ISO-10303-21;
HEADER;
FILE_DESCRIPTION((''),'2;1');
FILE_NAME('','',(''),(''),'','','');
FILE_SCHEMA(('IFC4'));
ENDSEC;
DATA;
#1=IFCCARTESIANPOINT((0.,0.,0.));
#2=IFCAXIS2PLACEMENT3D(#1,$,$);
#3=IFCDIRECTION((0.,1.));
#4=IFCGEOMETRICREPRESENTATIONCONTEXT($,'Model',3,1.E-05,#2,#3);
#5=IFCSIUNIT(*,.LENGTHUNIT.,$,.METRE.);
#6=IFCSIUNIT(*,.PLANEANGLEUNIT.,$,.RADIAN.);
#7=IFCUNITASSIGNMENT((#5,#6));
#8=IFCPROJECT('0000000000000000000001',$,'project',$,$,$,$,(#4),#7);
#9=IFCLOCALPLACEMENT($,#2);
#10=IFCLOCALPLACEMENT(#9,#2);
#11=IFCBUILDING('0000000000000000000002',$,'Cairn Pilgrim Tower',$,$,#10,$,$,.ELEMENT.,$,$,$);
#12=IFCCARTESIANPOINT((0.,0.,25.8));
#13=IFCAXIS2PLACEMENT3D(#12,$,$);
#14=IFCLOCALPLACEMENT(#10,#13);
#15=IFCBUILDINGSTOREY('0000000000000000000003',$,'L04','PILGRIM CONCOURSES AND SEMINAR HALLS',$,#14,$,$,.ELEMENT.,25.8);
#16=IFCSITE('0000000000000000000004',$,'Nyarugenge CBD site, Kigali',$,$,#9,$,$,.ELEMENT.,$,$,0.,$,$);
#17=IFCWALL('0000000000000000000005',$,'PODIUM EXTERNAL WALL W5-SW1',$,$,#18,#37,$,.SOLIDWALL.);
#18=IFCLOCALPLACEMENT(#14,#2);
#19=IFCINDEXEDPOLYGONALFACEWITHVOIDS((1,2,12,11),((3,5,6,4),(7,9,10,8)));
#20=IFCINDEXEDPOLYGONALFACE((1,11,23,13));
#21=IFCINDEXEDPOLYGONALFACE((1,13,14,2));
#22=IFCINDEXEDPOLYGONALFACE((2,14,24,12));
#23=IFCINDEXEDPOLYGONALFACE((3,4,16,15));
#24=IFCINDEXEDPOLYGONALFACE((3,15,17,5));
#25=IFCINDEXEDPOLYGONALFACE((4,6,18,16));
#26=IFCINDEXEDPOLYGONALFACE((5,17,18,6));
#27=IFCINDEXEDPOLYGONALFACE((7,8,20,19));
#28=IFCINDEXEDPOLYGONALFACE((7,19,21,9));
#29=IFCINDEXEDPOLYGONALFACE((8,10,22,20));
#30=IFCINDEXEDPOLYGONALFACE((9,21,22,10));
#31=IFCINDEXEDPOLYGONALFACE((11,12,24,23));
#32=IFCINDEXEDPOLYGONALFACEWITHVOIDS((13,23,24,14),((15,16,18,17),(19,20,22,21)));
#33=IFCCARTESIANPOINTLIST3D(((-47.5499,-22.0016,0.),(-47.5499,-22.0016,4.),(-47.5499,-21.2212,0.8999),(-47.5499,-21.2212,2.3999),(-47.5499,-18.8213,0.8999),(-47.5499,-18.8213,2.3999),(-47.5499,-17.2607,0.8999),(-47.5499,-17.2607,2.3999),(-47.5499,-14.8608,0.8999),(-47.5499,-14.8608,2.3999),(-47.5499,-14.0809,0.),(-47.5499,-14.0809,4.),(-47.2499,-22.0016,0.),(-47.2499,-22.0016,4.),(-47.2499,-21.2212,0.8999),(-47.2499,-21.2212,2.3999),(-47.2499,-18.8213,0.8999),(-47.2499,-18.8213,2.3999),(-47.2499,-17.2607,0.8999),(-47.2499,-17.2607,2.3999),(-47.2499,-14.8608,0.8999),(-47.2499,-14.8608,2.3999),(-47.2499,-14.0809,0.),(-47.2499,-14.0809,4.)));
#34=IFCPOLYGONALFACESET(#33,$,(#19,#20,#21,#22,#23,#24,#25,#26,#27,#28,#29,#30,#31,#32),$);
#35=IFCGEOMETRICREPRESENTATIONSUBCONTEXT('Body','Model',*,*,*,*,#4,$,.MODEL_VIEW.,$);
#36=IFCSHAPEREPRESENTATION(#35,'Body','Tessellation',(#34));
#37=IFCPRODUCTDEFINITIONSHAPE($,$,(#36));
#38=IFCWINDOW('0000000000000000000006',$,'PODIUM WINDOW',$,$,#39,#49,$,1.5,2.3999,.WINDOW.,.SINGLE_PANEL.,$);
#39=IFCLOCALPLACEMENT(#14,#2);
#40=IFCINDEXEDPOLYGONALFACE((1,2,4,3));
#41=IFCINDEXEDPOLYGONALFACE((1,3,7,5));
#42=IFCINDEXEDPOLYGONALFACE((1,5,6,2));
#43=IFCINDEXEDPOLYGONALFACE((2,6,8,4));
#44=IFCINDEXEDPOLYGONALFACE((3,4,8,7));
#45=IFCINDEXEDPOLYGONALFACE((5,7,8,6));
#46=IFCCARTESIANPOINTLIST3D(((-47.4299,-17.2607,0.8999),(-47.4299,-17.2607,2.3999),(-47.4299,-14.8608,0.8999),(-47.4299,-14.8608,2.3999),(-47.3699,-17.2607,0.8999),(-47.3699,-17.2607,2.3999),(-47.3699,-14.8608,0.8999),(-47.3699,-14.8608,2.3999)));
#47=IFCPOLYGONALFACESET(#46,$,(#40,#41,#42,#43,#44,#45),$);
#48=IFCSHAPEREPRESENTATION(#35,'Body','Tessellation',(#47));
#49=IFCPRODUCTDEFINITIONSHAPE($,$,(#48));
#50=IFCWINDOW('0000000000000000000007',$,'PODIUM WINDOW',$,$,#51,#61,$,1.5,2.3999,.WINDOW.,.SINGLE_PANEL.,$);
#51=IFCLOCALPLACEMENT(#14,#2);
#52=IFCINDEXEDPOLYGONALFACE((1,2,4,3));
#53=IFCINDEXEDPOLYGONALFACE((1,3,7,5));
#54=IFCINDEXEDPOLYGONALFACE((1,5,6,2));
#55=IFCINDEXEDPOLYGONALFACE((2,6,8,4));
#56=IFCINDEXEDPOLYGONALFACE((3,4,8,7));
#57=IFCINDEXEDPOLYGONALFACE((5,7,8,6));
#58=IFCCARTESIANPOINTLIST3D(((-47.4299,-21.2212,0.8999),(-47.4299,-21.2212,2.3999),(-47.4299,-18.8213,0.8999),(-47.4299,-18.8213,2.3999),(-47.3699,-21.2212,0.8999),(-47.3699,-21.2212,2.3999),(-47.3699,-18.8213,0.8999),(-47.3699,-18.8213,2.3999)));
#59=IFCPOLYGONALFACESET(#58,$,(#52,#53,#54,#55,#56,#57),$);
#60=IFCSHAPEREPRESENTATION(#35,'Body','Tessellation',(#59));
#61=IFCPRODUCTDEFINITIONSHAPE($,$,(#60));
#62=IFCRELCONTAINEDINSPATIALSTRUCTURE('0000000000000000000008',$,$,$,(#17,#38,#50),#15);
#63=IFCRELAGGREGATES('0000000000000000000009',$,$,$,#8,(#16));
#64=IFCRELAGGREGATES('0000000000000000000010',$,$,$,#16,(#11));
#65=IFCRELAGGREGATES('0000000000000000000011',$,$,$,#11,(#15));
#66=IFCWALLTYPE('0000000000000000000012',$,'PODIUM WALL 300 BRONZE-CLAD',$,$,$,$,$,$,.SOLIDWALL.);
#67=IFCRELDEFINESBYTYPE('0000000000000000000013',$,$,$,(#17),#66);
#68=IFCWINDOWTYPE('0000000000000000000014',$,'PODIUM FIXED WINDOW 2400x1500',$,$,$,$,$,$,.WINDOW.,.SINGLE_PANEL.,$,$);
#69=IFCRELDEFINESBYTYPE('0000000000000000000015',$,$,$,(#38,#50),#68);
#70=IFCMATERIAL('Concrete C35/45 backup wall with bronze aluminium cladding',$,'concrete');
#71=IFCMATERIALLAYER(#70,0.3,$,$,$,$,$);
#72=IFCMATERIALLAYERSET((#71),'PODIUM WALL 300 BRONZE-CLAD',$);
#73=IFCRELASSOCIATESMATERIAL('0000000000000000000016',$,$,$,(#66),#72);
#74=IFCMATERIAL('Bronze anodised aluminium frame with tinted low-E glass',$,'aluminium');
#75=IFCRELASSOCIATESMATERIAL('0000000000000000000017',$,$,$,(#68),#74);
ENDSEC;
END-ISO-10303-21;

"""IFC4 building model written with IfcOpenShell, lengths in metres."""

from ifc_helpers import new_model, si_unit, direction, frame, frame_2d, origin, place, context, subcontext, project, spatial, rectangle, extrude, material, layer, layer_set, type_object, element, fill, save


model = new_model("IFC4")

# Units and contexts
model_context = context("Model", 3, precision=1e-05, world=origin(), true_north=direction((0.0, 1.0)))
body_context = subcontext(model_context, "Body", "Model", "MODEL_VIEW")
ifc_project = project(units=[si_unit("LENGTHUNIT", "METRE"), si_unit("PLANEANGLEUNIT", "RADIAN")], contexts=[model_context])

# Site, building, storey
site_placement = place(None, origin())
site = spatial("IfcSite", under=ifc_project, at=site_placement, Name="Nyarugenge CBD site, Kigali", CompositionType="ELEMENT", RefElevation=0.0)
building_placement = place(site_placement, origin())
building = spatial("IfcBuilding", under=site, at=building_placement, Name="Cairn Pilgrim Tower", CompositionType="ELEMENT")
storey_placement = place(building_placement, frame((0.0, 0.0, 25.8)))
storey = spatial("IfcBuildingStorey", under=building, at=storey_placement, Name="L04", Description="PILGRIM CONCOURSES AND SEMINAR HALLS", CompositionType="ELEMENT", Elevation=25.8)

# Wall, openings, windows
ifc_material_1 = material(Name="Concrete C35/45 backup wall with bronze aluminium cladding", Category="concrete")
ifc_layer_1 = layer(ifc_material_1, 0.3)
ifc_layer_set_1 = layer_set([ifc_layer_1], Name="PODIUM WALL 300 BRONZE-CLAD")
wall_type_1 = type_object("IfcWallType", Name="PODIUM WALL 300 BRONZE-CLAD", PredefinedType="SOLIDWALL", material=ifc_layer_set_1)
ifc_material_2 = material(Name="Bronze anodised aluminium frame with tinted low-E glass", Category="aluminium")
window_type = type_object("IfcWindowType", Name="PODIUM FIXED WINDOW 2400x1500", PartitioningType="SINGLE_PANEL", PredefinedType="WINDOW", material=ifc_material_2)
wall_1_placement = place(storey_placement, frame((-47.3999, -14.0808, 0.0), z_axis=(0.0, 0.0, 1.0), x_axis=(0.0, -1.0, 0.0)))
wall_1 = element("IfcWall", 1, at=wall_1_placement, inside=storey, type_object=wall_type_1, Name="PODIUM EXTERNAL WALL W5-SW1", PredefinedType="SOLIDWALL", context=body_context, shape_type="SweptSolid", body=[
    extrude(rectangle(XDim=7.9207, YDim=0.3, at=frame_2d((3.9604, 0.0))), origin(), (0.0, 0.0, 1.0), 4.0),
])
opening_1_placement = place(wall_1_placement, frame((0.78, 0.0, 0.8999)))
opening_1 = element("IfcOpeningElement", 2, at=opening_1_placement, cuts=wall_1, PredefinedType="OPENING", context=body_context, shape_type="SweptSolid", body=[
    extrude(rectangle(XDim=2.3999, YDim=1.5, at=frame_2d((1.2, 0.75))), frame((0.0, 0.1602, 0.0), z_axis=(0.0, -1.0, 0.0), x_axis=(1.0, 0.0, 0.0)), (0.0, 0.0, 1.0), 0.3201),
])
opening_2_placement = place(wall_1_placement, frame((4.7405, 0.0, 0.8999)))
opening_2 = element("IfcOpeningElement", 3, at=opening_2_placement, cuts=wall_1, PredefinedType="OPENING", context=body_context, shape_type="SweptSolid", body=[
    extrude(rectangle(XDim=2.3999, YDim=1.5, at=frame_2d((1.2, 0.75))), frame((0.0, 0.1602, 0.0), z_axis=(0.0, -1.0, 0.0), x_axis=(1.0, 0.0, 0.0)), (0.0, 0.0, 1.0), 0.3201),
])
window_1_placement = place(opening_1_placement, origin())
window_1 = element("IfcWindow", 4, at=window_1_placement, inside=storey, type_object=window_type, Name="PODIUM WINDOW", OverallHeight=1.5, OverallWidth=2.3999, PartitioningType="SINGLE_PANEL", PredefinedType="WINDOW", context=body_context, shape_type="SweptSolid", body=[
    extrude(rectangle(XDim=2.3999, YDim=1.5, at=frame_2d((1.2, 0.75))), frame((0.0, 0.03, 0.0), z_axis=(0.0, -1.0, 0.0), x_axis=(1.0, 0.0, 0.0)), (0.0, 0.0, 1.0), 0.0601),
])
fill(opening_1, window_1)
window_2_placement = place(opening_2_placement, origin())
window_2 = element("IfcWindow", 5, at=window_2_placement, inside=storey, type_object=window_type, Name="PODIUM WINDOW", OverallHeight=1.5, OverallWidth=2.3999, PartitioningType="SINGLE_PANEL", PredefinedType="WINDOW", context=body_context, shape_type="SweptSolid", body=[
    extrude(rectangle(XDim=2.3999, YDim=1.5, at=frame_2d((1.2, 0.75))), frame((0.0, 0.03, 0.0), z_axis=(0.0, -1.0, 0.0), x_axis=(1.0, 0.0, 0.0)), (0.0, 0.0, 1.0), 0.0601),
])
fill(opening_2, window_2)

save(model, "model.ifc")
